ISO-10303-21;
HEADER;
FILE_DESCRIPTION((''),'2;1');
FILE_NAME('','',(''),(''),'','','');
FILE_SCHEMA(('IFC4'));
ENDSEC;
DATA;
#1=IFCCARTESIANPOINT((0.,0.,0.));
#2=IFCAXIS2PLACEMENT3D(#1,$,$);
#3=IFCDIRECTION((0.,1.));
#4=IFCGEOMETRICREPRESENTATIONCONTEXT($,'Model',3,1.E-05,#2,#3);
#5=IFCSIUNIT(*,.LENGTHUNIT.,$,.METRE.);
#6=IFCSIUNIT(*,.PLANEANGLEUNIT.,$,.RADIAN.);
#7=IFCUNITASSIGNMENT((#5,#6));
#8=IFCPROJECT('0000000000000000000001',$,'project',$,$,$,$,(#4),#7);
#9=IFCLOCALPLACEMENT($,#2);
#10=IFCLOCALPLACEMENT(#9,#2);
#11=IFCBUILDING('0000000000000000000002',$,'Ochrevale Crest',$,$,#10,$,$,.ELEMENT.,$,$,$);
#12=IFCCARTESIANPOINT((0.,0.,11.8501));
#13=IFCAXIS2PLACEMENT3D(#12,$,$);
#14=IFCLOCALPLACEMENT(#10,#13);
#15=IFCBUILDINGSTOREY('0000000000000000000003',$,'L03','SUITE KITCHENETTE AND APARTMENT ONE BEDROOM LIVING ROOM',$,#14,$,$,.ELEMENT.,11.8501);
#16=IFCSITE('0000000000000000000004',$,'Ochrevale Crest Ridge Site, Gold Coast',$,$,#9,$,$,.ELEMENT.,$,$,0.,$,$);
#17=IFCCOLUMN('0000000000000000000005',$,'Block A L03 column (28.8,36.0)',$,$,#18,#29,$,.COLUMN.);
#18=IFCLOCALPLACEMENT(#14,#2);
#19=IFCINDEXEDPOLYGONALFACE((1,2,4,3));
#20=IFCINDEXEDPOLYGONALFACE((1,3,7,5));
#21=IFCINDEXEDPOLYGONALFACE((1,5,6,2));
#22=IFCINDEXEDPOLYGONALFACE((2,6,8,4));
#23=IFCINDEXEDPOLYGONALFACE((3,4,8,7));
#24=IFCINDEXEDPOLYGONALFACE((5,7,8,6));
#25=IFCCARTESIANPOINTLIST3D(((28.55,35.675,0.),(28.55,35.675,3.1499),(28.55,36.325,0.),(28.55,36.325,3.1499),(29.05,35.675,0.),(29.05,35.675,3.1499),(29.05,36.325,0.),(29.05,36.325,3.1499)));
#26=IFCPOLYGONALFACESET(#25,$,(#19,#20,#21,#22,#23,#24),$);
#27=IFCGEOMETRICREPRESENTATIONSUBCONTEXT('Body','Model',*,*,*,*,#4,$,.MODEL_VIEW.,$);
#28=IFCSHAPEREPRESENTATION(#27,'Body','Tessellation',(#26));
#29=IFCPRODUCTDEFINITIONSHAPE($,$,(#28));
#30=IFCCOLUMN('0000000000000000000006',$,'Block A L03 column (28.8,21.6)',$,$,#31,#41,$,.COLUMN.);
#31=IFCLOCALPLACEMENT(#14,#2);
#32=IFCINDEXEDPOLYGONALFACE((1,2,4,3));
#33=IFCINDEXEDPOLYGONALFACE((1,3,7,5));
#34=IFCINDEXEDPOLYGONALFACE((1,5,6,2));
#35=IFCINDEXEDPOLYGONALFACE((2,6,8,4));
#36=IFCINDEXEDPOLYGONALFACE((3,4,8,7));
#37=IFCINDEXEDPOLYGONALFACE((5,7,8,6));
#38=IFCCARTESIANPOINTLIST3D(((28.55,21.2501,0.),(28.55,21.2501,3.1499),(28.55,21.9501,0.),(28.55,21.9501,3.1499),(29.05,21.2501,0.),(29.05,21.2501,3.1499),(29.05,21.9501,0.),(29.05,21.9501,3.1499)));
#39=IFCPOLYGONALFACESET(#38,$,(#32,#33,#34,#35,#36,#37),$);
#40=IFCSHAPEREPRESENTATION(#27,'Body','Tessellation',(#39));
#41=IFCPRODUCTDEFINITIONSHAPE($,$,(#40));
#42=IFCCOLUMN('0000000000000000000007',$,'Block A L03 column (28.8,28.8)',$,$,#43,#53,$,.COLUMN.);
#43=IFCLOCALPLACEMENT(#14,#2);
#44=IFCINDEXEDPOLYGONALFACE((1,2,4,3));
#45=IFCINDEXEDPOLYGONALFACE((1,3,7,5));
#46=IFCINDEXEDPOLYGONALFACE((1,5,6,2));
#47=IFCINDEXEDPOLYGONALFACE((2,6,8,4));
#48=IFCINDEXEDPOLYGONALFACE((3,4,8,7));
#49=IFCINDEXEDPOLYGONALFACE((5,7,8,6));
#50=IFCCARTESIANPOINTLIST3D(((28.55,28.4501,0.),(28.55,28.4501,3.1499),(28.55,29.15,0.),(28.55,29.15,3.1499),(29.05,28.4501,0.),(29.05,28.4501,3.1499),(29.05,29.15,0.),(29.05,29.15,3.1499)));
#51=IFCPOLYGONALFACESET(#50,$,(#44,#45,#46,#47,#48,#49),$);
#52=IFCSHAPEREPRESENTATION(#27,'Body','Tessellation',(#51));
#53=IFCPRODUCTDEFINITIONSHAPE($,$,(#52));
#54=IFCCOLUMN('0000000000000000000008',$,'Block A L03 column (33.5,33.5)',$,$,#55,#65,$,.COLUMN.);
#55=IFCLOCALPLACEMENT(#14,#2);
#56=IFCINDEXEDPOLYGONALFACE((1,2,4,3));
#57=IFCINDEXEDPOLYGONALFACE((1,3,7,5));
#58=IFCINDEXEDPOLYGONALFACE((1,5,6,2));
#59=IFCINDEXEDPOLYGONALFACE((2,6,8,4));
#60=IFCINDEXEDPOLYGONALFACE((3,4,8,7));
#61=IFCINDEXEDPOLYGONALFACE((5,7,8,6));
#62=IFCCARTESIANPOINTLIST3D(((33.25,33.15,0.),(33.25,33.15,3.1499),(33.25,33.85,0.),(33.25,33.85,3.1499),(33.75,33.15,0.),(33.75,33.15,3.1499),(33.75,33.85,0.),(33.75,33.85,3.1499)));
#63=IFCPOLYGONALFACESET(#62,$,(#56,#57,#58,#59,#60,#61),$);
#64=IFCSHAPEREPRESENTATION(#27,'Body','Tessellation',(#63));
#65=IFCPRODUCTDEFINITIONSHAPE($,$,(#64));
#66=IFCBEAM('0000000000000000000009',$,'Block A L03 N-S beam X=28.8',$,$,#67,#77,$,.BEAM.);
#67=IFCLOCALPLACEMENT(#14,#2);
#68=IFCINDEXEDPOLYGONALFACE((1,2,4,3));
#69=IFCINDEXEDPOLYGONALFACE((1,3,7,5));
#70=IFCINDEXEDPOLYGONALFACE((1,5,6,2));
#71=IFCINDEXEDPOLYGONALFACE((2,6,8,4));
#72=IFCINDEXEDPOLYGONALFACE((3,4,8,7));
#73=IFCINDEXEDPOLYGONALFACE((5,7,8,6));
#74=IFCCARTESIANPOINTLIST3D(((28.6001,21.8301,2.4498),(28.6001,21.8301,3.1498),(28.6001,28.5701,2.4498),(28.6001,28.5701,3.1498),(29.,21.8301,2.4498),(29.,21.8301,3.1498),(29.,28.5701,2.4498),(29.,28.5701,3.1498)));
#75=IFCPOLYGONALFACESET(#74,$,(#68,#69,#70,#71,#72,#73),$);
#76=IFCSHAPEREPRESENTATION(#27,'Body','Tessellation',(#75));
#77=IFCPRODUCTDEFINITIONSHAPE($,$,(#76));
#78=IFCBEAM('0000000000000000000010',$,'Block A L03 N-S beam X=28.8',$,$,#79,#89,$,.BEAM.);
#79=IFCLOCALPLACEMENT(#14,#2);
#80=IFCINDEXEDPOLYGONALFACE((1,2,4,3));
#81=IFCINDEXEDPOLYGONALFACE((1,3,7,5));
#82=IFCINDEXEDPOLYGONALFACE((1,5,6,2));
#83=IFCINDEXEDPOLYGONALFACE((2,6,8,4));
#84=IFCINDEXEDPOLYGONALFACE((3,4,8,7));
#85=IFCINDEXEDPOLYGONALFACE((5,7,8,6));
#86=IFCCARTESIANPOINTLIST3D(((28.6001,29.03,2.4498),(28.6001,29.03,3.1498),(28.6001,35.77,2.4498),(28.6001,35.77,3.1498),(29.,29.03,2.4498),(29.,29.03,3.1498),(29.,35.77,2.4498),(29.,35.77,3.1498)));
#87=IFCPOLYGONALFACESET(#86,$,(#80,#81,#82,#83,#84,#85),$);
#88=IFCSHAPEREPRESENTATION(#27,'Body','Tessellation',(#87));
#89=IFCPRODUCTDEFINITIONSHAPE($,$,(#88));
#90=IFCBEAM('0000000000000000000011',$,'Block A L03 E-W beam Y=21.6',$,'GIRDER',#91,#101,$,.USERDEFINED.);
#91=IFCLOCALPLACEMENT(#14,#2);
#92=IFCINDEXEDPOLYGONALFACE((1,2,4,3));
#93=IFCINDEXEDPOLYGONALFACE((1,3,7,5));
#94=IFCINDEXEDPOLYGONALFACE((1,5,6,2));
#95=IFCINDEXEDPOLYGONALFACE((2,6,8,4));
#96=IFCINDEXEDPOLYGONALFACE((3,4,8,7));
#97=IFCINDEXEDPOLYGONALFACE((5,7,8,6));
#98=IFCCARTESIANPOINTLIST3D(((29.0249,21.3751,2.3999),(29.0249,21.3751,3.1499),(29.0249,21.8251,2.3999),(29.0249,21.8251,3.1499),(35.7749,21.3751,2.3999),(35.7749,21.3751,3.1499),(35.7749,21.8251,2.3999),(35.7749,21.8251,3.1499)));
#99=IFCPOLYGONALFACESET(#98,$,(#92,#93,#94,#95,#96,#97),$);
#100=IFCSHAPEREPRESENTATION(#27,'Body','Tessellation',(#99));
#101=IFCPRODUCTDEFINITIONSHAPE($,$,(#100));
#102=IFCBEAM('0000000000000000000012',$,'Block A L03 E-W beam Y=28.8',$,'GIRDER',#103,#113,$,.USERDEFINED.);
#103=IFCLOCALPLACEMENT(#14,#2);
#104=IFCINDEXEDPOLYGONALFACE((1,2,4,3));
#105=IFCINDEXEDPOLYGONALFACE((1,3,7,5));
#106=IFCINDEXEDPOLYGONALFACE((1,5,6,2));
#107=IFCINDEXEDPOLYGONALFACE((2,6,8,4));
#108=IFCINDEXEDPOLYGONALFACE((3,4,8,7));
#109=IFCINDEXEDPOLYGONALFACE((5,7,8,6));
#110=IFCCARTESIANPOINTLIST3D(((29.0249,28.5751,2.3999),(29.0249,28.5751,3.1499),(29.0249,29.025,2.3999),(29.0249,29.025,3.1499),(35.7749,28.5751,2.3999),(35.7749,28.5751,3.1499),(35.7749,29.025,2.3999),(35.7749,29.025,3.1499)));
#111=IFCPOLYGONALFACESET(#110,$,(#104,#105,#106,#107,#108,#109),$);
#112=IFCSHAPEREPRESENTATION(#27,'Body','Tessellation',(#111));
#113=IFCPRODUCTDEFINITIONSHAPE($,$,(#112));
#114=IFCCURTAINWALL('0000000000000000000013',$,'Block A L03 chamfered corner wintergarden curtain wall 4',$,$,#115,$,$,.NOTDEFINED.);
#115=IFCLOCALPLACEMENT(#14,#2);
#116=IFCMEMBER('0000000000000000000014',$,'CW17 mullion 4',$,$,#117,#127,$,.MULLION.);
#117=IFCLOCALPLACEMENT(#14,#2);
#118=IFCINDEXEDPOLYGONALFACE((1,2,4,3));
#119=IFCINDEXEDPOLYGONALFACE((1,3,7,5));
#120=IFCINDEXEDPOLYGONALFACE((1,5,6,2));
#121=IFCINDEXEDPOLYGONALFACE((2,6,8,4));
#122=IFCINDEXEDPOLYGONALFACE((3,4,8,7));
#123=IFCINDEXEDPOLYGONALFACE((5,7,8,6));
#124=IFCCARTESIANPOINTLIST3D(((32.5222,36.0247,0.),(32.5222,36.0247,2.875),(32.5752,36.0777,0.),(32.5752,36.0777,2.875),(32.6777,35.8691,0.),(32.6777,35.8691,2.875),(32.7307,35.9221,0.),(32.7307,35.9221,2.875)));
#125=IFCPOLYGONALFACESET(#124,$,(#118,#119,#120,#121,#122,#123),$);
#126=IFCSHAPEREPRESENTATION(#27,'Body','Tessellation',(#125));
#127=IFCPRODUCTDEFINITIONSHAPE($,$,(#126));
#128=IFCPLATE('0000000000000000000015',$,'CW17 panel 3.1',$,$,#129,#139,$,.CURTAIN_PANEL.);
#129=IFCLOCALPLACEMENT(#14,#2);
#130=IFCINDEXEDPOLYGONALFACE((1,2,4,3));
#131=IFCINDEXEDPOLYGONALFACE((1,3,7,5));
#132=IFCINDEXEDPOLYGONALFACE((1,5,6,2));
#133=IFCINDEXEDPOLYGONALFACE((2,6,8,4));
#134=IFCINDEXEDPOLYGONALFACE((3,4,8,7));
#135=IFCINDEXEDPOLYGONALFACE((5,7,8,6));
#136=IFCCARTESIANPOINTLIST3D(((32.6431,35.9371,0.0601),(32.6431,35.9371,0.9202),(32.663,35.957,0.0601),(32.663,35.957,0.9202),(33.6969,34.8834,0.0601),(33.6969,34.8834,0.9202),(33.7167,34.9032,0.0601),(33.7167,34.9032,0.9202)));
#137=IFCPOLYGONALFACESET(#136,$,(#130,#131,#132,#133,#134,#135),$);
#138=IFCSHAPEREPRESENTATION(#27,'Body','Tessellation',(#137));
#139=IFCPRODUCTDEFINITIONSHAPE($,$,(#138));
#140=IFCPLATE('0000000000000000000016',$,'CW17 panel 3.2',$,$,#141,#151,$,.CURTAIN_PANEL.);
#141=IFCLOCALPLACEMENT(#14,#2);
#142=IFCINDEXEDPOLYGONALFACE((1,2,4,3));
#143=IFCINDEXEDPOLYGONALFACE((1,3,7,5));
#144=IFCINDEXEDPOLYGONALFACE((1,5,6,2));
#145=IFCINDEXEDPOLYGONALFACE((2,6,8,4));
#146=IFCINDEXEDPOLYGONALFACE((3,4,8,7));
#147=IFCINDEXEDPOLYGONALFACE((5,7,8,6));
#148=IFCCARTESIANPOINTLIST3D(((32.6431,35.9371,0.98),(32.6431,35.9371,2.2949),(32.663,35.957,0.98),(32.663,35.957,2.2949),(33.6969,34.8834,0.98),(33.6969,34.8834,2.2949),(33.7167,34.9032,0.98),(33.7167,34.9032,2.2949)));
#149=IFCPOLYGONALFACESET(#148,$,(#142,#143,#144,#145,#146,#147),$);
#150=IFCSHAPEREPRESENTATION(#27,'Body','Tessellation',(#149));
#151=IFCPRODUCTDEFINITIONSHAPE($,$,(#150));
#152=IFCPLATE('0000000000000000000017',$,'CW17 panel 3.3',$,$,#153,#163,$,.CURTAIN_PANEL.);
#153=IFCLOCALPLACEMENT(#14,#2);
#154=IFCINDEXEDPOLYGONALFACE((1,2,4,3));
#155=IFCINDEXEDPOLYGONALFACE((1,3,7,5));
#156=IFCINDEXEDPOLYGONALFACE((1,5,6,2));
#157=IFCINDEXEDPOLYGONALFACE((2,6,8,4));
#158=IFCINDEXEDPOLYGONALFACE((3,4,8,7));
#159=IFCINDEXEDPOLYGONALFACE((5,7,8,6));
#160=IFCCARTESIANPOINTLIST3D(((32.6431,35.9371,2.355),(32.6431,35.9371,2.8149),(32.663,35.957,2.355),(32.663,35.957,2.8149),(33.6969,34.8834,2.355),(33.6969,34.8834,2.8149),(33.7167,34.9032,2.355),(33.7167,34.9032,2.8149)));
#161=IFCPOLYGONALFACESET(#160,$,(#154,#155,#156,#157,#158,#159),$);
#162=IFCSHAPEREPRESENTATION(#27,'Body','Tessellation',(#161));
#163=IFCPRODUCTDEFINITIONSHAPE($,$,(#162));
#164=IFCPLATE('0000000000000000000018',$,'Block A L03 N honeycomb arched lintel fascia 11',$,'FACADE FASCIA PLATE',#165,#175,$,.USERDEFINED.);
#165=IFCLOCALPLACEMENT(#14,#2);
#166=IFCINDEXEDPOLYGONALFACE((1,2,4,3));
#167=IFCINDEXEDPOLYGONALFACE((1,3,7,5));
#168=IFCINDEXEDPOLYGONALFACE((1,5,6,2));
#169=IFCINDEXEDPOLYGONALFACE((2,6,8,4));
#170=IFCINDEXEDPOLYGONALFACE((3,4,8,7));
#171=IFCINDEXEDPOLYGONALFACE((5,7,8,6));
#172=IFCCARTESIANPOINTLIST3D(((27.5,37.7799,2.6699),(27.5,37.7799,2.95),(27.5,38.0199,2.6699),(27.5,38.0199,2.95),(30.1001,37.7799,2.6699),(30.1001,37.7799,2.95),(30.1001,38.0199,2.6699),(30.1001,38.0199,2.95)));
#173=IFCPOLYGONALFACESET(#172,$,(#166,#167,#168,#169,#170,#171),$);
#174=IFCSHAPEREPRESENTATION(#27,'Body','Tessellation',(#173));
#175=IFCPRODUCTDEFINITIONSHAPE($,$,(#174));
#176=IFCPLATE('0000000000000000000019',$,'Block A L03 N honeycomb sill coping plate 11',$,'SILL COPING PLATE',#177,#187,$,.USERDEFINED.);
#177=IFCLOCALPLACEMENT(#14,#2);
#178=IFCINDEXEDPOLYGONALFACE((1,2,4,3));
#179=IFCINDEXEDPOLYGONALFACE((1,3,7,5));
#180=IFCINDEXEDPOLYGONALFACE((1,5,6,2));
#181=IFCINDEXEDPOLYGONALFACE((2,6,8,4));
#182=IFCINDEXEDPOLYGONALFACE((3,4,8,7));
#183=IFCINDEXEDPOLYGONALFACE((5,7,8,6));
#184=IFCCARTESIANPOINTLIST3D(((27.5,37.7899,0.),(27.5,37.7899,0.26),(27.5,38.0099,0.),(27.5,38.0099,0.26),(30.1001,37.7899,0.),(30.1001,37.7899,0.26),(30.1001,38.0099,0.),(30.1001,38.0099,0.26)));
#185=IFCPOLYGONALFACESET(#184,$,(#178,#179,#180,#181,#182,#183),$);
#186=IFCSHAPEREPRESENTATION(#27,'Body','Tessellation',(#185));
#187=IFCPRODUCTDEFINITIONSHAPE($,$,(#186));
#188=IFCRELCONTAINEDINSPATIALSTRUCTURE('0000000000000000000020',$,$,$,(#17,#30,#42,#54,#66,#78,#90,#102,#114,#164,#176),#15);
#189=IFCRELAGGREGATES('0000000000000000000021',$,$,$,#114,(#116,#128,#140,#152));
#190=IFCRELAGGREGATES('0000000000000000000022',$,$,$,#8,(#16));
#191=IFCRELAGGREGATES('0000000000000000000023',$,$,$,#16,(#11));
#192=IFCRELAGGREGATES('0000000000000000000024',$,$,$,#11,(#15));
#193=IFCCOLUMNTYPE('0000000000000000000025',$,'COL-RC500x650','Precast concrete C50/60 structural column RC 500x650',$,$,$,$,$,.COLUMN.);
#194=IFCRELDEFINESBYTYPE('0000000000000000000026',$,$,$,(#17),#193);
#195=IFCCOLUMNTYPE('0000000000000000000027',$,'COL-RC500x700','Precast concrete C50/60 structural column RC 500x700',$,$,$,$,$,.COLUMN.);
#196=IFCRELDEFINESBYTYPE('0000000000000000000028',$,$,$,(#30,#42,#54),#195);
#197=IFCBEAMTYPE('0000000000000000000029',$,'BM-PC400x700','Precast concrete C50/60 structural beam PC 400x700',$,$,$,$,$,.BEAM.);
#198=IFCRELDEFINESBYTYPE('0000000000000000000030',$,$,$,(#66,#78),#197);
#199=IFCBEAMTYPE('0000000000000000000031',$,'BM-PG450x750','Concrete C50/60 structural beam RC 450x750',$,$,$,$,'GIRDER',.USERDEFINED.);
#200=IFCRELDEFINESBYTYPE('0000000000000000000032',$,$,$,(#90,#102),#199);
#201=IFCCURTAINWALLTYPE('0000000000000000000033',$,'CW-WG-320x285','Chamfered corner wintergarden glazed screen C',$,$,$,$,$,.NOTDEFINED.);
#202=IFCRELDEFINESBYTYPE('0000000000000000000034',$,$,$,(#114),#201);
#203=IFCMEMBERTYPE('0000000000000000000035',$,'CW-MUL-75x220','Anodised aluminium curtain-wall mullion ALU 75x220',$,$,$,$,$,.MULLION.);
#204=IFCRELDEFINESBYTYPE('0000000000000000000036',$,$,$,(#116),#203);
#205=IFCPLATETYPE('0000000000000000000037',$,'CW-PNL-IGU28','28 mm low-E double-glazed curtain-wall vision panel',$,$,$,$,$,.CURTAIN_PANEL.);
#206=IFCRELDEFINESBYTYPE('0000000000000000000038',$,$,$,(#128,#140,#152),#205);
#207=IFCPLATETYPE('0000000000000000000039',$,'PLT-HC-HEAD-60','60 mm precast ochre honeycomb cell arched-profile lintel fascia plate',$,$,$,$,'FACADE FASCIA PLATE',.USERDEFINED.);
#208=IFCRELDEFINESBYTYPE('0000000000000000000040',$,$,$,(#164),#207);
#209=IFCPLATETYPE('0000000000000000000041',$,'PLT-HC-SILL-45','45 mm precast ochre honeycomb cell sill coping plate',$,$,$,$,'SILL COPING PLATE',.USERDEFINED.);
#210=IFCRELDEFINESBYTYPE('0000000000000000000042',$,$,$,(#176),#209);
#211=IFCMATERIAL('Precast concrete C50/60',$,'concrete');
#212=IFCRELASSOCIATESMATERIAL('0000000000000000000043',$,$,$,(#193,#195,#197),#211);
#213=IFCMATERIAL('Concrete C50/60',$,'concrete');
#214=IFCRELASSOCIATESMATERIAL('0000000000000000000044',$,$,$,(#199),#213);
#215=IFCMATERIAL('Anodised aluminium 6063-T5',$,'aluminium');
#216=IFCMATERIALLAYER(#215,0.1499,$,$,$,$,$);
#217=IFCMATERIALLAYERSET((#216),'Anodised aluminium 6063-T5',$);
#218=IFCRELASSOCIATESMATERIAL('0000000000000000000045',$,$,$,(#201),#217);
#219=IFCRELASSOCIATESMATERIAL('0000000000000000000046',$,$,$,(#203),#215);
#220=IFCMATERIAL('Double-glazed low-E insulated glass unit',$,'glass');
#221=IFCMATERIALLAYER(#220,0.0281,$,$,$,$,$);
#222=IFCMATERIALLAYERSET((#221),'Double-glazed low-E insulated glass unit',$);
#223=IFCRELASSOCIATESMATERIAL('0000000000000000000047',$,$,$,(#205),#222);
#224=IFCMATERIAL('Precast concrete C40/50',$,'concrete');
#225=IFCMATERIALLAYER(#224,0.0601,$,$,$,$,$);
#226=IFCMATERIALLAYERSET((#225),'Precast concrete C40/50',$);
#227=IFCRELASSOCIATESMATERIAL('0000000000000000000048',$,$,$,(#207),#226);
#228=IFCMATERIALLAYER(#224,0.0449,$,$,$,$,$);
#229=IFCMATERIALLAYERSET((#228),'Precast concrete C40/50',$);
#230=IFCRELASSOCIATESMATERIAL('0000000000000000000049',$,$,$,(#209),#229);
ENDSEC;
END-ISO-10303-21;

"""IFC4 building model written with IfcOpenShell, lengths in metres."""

from ifc_helpers import new_model, si_unit, direction, frame, origin, origin_2d, place, context, subcontext, project, spatial, rectangle, extrude, material, layer, layer_set, material_profile, profile_set, type_object, element, aggregate, save


model = new_model("IFC4")

# Units and contexts
model_context = context("Model", 3, precision=1e-05, world=origin(), true_north=direction((0.0, 1.0)))
body_context = subcontext(model_context, "Body", "Model", "MODEL_VIEW")
ifc_project = project(units=[si_unit("LENGTHUNIT", "METRE"), si_unit("PLANEANGLEUNIT", "RADIAN")], contexts=[model_context])

# Site, building, storey
site_placement = place(None, origin())
site = spatial("IfcSite", under=ifc_project, at=site_placement, Name="Ochrevale Crest Ridge Site, Gold Coast", CompositionType="ELEMENT", RefElevation=0.0)
building_placement = place(site_placement, origin())
building = spatial("IfcBuilding", under=site, at=building_placement, Name="Ochrevale Crest", CompositionType="ELEMENT")
storey_placement = place(building_placement, frame((0.0, 0.0, 11.8501)))
storey = spatial("IfcBuildingStorey", under=building, at=storey_placement, Name="L03", Description="SUITE KITCHENETTE AND APARTMENT ONE BEDROOM LIVING ROOM", CompositionType="ELEMENT", Elevation=11.8501)

# Columns
ifc_material_1 = material(Name="Precast concrete C50/60", Category="concrete")
ifc_material_profile_1 = material_profile(ifc_material_1, rectangle(XDim=0.5, YDim=0.6499, at=origin_2d()), Name="RC 500x650")
ifc_profile_set_1 = profile_set([ifc_material_profile_1], Name="Precast concrete C50/60")
column_type_1 = type_object("IfcColumnType", Name="COL-RC500x650", Description="Precast concrete C50/60 structural column RC 500x650", PredefinedType="COLUMN", material=ifc_profile_set_1)
column_placement = place(storey_placement, frame((28.8, 36.0, 0.0), z_axis=(0.0, 0.0, 1.0), x_axis=(1.0, 0.0, 0.0)))
element("IfcColumn", 1, at=column_placement, inside=storey, type_object=column_type_1, Name="Block A L03 column (28.8,36.0)", PredefinedType="COLUMN", context=body_context, shape_type="SweptSolid", body=[
    extrude(rectangle(XDim=0.5, YDim=0.6499, at=origin_2d()), origin(), (0.0, 0.0, 1.0), 3.1499),
])
ifc_material_profile_2 = material_profile(ifc_material_1, rectangle(XDim=0.5, YDim=0.7, at=origin_2d()), Name="RC 500x700")
ifc_profile_set_2 = profile_set([ifc_material_profile_2], Name="Precast concrete C50/60")
column_type_2 = type_object("IfcColumnType", Name="COL-RC500x700", Description="Precast concrete C50/60 structural column RC 500x700", PredefinedType="COLUMN", material=ifc_profile_set_2)
for number, where, z_axis, x_axis, name in (
    (2, (28.8, 21.6001, 0.0), (0.0, 0.0, 1.0), (1.0, 0.0, 0.0), "Block A L03 column (28.8,21.6)"),
    (3, (28.8, 28.8, 0.0), (0.0, 0.0, 1.0), (1.0, 0.0, 0.0), "Block A L03 column (28.8,28.8)"),
    (4, (33.5, 33.5, 0.0), (0.0, 0.0, 1.0), (1.0, 0.0, 0.0), "Block A L03 column (33.5,33.5)"),
):
    element("IfcColumn", number, at=place(storey_placement, frame(where, z_axis=z_axis, x_axis=x_axis)), inside=storey, type_object=column_type_2, Name=name, PredefinedType="COLUMN", context=body_context, shape_type="SweptSolid", body=[
        extrude(rectangle(XDim=0.5, YDim=0.7, at=origin_2d()), origin(), (0.0, 0.0, 1.0), 3.1499),
    ])

# Beams
ifc_material_profile_3 = material_profile(ifc_material_1, rectangle(XDim=0.3999, YDim=0.7, at=origin_2d()), Name="PC 400x700")
ifc_profile_set_3 = profile_set([ifc_material_profile_3], Name="Precast concrete C50/60")
beam_type_1 = type_object("IfcBeamType", Name="BM-PC400x700", Description="Precast concrete C50/60 structural beam PC 400x700", PredefinedType="BEAM", material=ifc_profile_set_3)
for number, where, z_axis, x_axis, name in (
    (5, (28.8, 21.8301, 2.7998), (0.0, 1.0, 0.0), (-1.0, 0.0, 0.0), "Block A L03 N-S beam X=28.8"),
    (6, (28.8, 29.03, 2.7998), (0.0, 1.0, 0.0), (-1.0, 0.0, 0.0), "Block A L03 N-S beam X=28.8"),
):
    element("IfcBeam", number, at=place(storey_placement, frame(where, z_axis=z_axis, x_axis=x_axis)), inside=storey, type_object=beam_type_1, Name=name, PredefinedType="BEAM", context=body_context, shape_type="SweptSolid", body=[
        extrude(rectangle(XDim=0.3999, YDim=0.7, at=origin_2d()), origin(), (0.0, 0.0, 1.0), 6.74),
    ])
ifc_material_2 = material(Name="Concrete C50/60", Category="concrete")
ifc_material_profile_4 = material_profile(ifc_material_2, rectangle(XDim=0.45, YDim=0.75, at=origin_2d()), Name="RC 450x750")
ifc_profile_set_4 = profile_set([ifc_material_profile_4], Name="Concrete C50/60")
beam_type_2 = type_object("IfcBeamType", Name="BM-PG450x750", Description="Concrete C50/60 structural beam RC 450x750", ElementType="GIRDER", PredefinedType="USERDEFINED", material=ifc_profile_set_4)
for number, where, z_axis, x_axis, name in (
    (7, (29.0249, 21.6001, 2.7749), (1.0, 0.0, 0.0), (0.0, 1.0, 0.0), "Block A L03 E-W beam Y=21.6"),
    (8, (29.0249, 28.8, 2.7749), (1.0, 0.0, 0.0), (0.0, 1.0, 0.0), "Block A L03 E-W beam Y=28.8"),
):
    element("IfcBeam", number, at=place(storey_placement, frame(where, z_axis=z_axis, x_axis=x_axis)), inside=storey, type_object=beam_type_2, Name=name, ObjectType="GIRDER", PredefinedType="USERDEFINED", context=body_context, shape_type="SweptSolid", body=[
        extrude(rectangle(XDim=0.45, YDim=0.75, at=origin_2d()), origin(), (0.0, 0.0, 1.0), 6.75),
    ])

# Curtain wall, member, plates
ifc_material_3 = material(Name="Anodised aluminium 6063-T5", Category="aluminium")
ifc_layer_1 = layer(ifc_material_3, 0.1499)
ifc_layer_set_1 = layer_set([ifc_layer_1], Name="Anodised aluminium 6063-T5")
curtain_wall_type = type_object("IfcCurtainWallType", Name="CW-WG-320x285", Description="Chamfered corner wintergarden glazed screen C", PredefinedType="NOTDEFINED", material=ifc_layer_set_1)
curtain_wall_placement = place(storey_placement, origin())
curtain_wall = element("IfcCurtainWall", 9, at=curtain_wall_placement, inside=storey, type_object=curtain_wall_type, Name="Block A L03 chamfered corner wintergarden curtain wall 4", PredefinedType="NOTDEFINED")
ifc_material_profile_5 = material_profile(ifc_material_3, rectangle(XDim=0.075, YDim=0.22, at=origin_2d()), Name="ALU 75x220")
ifc_profile_set_5 = profile_set([ifc_material_profile_5], Name="Anodised aluminium 6063-T5")
member_type = type_object("IfcMemberType", Name="CW-MUL-75x220", Description="Anodised aluminium curtain-wall mullion ALU 75x220", PredefinedType="MULLION", material=ifc_profile_set_5)
member_placement = place(storey_placement, frame((32.6265, 35.9734, 0.0), z_axis=(0.0, 0.0, 1.0), x_axis=(-0.707107, -0.707107, 0.0)))
member = element("IfcMember", 10, at=member_placement, type_object=member_type, Name="CW17 mullion 4", PredefinedType="MULLION", context=body_context, shape_type="SweptSolid", body=[
    extrude(rectangle(XDim=0.075, YDim=0.22, at=origin_2d()), origin(), (0.0, 0.0, 1.0), 2.875),
])
ifc_material_4 = material(Name="Double-glazed low-E insulated glass unit", Category="glass")
ifc_layer_2 = layer(ifc_material_4, 0.0281)
ifc_layer_set_2 = layer_set([ifc_layer_2], Name="Double-glazed low-E insulated glass unit")
plate_type_1 = type_object("IfcPlateType", Name="CW-PNL-IGU28", Description="28 mm low-E double-glazed curtain-wall vision panel", PredefinedType="CURTAIN_PANEL", material=ifc_layer_set_2)
plate_1_placement = place(storey_placement, frame((33.1799, 35.4202, 0.0601), z_axis=(0.0, 0.0, 1.0), x_axis=(-0.707107, 0.707107, 0.0)))
plate_1 = element("IfcPlate", 11, at=plate_1_placement, type_object=plate_type_1, Name="CW17 panel 3.1", PredefinedType="CURTAIN_PANEL", context=body_context, shape_type="SweptSolid", body=[
    extrude(rectangle(XDim=1.4902, YDim=0.0281, at=origin_2d()), origin(), (0.0, 0.0, 1.0), 0.8601),
])
plate_2_placement = place(storey_placement, frame((33.1799, 35.4202, 0.98), z_axis=(0.0, 0.0, 1.0), x_axis=(-0.707107, 0.707107, 0.0)))
plate_2 = element("IfcPlate", 12, at=plate_2_placement, type_object=plate_type_1, Name="CW17 panel 3.2", PredefinedType="CURTAIN_PANEL", context=body_context, shape_type="SweptSolid", body=[
    extrude(rectangle(XDim=1.4902, YDim=0.0281, at=origin_2d()), origin(), (0.0, 0.0, 1.0), 1.3149),
])
plate_3_placement = place(storey_placement, frame((33.1799, 35.4202, 2.355), z_axis=(0.0, 0.0, 1.0), x_axis=(-0.707107, 0.707107, 0.0)))
plate_3 = element("IfcPlate", 13, at=plate_3_placement, type_object=plate_type_1, Name="CW17 panel 3.3", PredefinedType="CURTAIN_PANEL", context=body_context, shape_type="SweptSolid", body=[
    extrude(rectangle(XDim=1.4902, YDim=0.0281, at=origin_2d()), origin(), (0.0, 0.0, 1.0), 0.46),
])
aggregate(curtain_wall, [member, plate_1, plate_2, plate_3])

# Plates
ifc_material_5 = material(Name="Precast concrete C40/50", Category="concrete")
ifc_layer_3 = layer(ifc_material_5, 0.0601)
ifc_layer_set_3 = layer_set([ifc_layer_3], Name="Precast concrete C40/50")
plate_type_2 = type_object("IfcPlateType", Name="PLT-HC-HEAD-60", Description="60 mm precast ochre honeycomb cell arched-profile lintel fascia plate", ElementType="FACADE FASCIA PLATE", PredefinedType="USERDEFINED", material=ifc_layer_set_3)
plate_4_placement = place(storey_placement, frame((28.8, 37.8999, 2.6699), z_axis=(0.0, 0.0, 1.0), x_axis=(1.0, 0.0, 0.0)))
element("IfcPlate", 14, at=plate_4_placement, inside=storey, type_object=plate_type_2, Name="Block A L03 N honeycomb arched lintel fascia 11", ObjectType="FACADE FASCIA PLATE", PredefinedType="USERDEFINED", context=body_context, shape_type="SweptSolid", body=[
    extrude(rectangle(XDim=2.6001, YDim=0.24, at=origin_2d()), origin(), (0.0, 0.0, 1.0), 0.28),
])
ifc_layer_4 = layer(ifc_material_5, 0.0449)
ifc_layer_set_4 = layer_set([ifc_layer_4], Name="Precast concrete C40/50")
plate_type_3 = type_object("IfcPlateType", Name="PLT-HC-SILL-45", Description="45 mm precast ochre honeycomb cell sill coping plate", ElementType="SILL COPING PLATE", PredefinedType="USERDEFINED", material=ifc_layer_set_4)
plate_5_placement = place(storey_placement, frame((28.8, 37.8999, 0.0), z_axis=(0.0, 0.0, 1.0), x_axis=(1.0, 0.0, 0.0)))
element("IfcPlate", 15, at=plate_5_placement, inside=storey, type_object=plate_type_3, Name="Block A L03 N honeycomb sill coping plate 11", ObjectType="SILL COPING PLATE", PredefinedType="USERDEFINED", context=body_context, shape_type="SweptSolid", body=[
    extrude(rectangle(XDim=2.6001, YDim=0.22, at=origin_2d()), origin(), (0.0, 0.0, 1.0), 0.26),
])

save(model, "model.ifc")
